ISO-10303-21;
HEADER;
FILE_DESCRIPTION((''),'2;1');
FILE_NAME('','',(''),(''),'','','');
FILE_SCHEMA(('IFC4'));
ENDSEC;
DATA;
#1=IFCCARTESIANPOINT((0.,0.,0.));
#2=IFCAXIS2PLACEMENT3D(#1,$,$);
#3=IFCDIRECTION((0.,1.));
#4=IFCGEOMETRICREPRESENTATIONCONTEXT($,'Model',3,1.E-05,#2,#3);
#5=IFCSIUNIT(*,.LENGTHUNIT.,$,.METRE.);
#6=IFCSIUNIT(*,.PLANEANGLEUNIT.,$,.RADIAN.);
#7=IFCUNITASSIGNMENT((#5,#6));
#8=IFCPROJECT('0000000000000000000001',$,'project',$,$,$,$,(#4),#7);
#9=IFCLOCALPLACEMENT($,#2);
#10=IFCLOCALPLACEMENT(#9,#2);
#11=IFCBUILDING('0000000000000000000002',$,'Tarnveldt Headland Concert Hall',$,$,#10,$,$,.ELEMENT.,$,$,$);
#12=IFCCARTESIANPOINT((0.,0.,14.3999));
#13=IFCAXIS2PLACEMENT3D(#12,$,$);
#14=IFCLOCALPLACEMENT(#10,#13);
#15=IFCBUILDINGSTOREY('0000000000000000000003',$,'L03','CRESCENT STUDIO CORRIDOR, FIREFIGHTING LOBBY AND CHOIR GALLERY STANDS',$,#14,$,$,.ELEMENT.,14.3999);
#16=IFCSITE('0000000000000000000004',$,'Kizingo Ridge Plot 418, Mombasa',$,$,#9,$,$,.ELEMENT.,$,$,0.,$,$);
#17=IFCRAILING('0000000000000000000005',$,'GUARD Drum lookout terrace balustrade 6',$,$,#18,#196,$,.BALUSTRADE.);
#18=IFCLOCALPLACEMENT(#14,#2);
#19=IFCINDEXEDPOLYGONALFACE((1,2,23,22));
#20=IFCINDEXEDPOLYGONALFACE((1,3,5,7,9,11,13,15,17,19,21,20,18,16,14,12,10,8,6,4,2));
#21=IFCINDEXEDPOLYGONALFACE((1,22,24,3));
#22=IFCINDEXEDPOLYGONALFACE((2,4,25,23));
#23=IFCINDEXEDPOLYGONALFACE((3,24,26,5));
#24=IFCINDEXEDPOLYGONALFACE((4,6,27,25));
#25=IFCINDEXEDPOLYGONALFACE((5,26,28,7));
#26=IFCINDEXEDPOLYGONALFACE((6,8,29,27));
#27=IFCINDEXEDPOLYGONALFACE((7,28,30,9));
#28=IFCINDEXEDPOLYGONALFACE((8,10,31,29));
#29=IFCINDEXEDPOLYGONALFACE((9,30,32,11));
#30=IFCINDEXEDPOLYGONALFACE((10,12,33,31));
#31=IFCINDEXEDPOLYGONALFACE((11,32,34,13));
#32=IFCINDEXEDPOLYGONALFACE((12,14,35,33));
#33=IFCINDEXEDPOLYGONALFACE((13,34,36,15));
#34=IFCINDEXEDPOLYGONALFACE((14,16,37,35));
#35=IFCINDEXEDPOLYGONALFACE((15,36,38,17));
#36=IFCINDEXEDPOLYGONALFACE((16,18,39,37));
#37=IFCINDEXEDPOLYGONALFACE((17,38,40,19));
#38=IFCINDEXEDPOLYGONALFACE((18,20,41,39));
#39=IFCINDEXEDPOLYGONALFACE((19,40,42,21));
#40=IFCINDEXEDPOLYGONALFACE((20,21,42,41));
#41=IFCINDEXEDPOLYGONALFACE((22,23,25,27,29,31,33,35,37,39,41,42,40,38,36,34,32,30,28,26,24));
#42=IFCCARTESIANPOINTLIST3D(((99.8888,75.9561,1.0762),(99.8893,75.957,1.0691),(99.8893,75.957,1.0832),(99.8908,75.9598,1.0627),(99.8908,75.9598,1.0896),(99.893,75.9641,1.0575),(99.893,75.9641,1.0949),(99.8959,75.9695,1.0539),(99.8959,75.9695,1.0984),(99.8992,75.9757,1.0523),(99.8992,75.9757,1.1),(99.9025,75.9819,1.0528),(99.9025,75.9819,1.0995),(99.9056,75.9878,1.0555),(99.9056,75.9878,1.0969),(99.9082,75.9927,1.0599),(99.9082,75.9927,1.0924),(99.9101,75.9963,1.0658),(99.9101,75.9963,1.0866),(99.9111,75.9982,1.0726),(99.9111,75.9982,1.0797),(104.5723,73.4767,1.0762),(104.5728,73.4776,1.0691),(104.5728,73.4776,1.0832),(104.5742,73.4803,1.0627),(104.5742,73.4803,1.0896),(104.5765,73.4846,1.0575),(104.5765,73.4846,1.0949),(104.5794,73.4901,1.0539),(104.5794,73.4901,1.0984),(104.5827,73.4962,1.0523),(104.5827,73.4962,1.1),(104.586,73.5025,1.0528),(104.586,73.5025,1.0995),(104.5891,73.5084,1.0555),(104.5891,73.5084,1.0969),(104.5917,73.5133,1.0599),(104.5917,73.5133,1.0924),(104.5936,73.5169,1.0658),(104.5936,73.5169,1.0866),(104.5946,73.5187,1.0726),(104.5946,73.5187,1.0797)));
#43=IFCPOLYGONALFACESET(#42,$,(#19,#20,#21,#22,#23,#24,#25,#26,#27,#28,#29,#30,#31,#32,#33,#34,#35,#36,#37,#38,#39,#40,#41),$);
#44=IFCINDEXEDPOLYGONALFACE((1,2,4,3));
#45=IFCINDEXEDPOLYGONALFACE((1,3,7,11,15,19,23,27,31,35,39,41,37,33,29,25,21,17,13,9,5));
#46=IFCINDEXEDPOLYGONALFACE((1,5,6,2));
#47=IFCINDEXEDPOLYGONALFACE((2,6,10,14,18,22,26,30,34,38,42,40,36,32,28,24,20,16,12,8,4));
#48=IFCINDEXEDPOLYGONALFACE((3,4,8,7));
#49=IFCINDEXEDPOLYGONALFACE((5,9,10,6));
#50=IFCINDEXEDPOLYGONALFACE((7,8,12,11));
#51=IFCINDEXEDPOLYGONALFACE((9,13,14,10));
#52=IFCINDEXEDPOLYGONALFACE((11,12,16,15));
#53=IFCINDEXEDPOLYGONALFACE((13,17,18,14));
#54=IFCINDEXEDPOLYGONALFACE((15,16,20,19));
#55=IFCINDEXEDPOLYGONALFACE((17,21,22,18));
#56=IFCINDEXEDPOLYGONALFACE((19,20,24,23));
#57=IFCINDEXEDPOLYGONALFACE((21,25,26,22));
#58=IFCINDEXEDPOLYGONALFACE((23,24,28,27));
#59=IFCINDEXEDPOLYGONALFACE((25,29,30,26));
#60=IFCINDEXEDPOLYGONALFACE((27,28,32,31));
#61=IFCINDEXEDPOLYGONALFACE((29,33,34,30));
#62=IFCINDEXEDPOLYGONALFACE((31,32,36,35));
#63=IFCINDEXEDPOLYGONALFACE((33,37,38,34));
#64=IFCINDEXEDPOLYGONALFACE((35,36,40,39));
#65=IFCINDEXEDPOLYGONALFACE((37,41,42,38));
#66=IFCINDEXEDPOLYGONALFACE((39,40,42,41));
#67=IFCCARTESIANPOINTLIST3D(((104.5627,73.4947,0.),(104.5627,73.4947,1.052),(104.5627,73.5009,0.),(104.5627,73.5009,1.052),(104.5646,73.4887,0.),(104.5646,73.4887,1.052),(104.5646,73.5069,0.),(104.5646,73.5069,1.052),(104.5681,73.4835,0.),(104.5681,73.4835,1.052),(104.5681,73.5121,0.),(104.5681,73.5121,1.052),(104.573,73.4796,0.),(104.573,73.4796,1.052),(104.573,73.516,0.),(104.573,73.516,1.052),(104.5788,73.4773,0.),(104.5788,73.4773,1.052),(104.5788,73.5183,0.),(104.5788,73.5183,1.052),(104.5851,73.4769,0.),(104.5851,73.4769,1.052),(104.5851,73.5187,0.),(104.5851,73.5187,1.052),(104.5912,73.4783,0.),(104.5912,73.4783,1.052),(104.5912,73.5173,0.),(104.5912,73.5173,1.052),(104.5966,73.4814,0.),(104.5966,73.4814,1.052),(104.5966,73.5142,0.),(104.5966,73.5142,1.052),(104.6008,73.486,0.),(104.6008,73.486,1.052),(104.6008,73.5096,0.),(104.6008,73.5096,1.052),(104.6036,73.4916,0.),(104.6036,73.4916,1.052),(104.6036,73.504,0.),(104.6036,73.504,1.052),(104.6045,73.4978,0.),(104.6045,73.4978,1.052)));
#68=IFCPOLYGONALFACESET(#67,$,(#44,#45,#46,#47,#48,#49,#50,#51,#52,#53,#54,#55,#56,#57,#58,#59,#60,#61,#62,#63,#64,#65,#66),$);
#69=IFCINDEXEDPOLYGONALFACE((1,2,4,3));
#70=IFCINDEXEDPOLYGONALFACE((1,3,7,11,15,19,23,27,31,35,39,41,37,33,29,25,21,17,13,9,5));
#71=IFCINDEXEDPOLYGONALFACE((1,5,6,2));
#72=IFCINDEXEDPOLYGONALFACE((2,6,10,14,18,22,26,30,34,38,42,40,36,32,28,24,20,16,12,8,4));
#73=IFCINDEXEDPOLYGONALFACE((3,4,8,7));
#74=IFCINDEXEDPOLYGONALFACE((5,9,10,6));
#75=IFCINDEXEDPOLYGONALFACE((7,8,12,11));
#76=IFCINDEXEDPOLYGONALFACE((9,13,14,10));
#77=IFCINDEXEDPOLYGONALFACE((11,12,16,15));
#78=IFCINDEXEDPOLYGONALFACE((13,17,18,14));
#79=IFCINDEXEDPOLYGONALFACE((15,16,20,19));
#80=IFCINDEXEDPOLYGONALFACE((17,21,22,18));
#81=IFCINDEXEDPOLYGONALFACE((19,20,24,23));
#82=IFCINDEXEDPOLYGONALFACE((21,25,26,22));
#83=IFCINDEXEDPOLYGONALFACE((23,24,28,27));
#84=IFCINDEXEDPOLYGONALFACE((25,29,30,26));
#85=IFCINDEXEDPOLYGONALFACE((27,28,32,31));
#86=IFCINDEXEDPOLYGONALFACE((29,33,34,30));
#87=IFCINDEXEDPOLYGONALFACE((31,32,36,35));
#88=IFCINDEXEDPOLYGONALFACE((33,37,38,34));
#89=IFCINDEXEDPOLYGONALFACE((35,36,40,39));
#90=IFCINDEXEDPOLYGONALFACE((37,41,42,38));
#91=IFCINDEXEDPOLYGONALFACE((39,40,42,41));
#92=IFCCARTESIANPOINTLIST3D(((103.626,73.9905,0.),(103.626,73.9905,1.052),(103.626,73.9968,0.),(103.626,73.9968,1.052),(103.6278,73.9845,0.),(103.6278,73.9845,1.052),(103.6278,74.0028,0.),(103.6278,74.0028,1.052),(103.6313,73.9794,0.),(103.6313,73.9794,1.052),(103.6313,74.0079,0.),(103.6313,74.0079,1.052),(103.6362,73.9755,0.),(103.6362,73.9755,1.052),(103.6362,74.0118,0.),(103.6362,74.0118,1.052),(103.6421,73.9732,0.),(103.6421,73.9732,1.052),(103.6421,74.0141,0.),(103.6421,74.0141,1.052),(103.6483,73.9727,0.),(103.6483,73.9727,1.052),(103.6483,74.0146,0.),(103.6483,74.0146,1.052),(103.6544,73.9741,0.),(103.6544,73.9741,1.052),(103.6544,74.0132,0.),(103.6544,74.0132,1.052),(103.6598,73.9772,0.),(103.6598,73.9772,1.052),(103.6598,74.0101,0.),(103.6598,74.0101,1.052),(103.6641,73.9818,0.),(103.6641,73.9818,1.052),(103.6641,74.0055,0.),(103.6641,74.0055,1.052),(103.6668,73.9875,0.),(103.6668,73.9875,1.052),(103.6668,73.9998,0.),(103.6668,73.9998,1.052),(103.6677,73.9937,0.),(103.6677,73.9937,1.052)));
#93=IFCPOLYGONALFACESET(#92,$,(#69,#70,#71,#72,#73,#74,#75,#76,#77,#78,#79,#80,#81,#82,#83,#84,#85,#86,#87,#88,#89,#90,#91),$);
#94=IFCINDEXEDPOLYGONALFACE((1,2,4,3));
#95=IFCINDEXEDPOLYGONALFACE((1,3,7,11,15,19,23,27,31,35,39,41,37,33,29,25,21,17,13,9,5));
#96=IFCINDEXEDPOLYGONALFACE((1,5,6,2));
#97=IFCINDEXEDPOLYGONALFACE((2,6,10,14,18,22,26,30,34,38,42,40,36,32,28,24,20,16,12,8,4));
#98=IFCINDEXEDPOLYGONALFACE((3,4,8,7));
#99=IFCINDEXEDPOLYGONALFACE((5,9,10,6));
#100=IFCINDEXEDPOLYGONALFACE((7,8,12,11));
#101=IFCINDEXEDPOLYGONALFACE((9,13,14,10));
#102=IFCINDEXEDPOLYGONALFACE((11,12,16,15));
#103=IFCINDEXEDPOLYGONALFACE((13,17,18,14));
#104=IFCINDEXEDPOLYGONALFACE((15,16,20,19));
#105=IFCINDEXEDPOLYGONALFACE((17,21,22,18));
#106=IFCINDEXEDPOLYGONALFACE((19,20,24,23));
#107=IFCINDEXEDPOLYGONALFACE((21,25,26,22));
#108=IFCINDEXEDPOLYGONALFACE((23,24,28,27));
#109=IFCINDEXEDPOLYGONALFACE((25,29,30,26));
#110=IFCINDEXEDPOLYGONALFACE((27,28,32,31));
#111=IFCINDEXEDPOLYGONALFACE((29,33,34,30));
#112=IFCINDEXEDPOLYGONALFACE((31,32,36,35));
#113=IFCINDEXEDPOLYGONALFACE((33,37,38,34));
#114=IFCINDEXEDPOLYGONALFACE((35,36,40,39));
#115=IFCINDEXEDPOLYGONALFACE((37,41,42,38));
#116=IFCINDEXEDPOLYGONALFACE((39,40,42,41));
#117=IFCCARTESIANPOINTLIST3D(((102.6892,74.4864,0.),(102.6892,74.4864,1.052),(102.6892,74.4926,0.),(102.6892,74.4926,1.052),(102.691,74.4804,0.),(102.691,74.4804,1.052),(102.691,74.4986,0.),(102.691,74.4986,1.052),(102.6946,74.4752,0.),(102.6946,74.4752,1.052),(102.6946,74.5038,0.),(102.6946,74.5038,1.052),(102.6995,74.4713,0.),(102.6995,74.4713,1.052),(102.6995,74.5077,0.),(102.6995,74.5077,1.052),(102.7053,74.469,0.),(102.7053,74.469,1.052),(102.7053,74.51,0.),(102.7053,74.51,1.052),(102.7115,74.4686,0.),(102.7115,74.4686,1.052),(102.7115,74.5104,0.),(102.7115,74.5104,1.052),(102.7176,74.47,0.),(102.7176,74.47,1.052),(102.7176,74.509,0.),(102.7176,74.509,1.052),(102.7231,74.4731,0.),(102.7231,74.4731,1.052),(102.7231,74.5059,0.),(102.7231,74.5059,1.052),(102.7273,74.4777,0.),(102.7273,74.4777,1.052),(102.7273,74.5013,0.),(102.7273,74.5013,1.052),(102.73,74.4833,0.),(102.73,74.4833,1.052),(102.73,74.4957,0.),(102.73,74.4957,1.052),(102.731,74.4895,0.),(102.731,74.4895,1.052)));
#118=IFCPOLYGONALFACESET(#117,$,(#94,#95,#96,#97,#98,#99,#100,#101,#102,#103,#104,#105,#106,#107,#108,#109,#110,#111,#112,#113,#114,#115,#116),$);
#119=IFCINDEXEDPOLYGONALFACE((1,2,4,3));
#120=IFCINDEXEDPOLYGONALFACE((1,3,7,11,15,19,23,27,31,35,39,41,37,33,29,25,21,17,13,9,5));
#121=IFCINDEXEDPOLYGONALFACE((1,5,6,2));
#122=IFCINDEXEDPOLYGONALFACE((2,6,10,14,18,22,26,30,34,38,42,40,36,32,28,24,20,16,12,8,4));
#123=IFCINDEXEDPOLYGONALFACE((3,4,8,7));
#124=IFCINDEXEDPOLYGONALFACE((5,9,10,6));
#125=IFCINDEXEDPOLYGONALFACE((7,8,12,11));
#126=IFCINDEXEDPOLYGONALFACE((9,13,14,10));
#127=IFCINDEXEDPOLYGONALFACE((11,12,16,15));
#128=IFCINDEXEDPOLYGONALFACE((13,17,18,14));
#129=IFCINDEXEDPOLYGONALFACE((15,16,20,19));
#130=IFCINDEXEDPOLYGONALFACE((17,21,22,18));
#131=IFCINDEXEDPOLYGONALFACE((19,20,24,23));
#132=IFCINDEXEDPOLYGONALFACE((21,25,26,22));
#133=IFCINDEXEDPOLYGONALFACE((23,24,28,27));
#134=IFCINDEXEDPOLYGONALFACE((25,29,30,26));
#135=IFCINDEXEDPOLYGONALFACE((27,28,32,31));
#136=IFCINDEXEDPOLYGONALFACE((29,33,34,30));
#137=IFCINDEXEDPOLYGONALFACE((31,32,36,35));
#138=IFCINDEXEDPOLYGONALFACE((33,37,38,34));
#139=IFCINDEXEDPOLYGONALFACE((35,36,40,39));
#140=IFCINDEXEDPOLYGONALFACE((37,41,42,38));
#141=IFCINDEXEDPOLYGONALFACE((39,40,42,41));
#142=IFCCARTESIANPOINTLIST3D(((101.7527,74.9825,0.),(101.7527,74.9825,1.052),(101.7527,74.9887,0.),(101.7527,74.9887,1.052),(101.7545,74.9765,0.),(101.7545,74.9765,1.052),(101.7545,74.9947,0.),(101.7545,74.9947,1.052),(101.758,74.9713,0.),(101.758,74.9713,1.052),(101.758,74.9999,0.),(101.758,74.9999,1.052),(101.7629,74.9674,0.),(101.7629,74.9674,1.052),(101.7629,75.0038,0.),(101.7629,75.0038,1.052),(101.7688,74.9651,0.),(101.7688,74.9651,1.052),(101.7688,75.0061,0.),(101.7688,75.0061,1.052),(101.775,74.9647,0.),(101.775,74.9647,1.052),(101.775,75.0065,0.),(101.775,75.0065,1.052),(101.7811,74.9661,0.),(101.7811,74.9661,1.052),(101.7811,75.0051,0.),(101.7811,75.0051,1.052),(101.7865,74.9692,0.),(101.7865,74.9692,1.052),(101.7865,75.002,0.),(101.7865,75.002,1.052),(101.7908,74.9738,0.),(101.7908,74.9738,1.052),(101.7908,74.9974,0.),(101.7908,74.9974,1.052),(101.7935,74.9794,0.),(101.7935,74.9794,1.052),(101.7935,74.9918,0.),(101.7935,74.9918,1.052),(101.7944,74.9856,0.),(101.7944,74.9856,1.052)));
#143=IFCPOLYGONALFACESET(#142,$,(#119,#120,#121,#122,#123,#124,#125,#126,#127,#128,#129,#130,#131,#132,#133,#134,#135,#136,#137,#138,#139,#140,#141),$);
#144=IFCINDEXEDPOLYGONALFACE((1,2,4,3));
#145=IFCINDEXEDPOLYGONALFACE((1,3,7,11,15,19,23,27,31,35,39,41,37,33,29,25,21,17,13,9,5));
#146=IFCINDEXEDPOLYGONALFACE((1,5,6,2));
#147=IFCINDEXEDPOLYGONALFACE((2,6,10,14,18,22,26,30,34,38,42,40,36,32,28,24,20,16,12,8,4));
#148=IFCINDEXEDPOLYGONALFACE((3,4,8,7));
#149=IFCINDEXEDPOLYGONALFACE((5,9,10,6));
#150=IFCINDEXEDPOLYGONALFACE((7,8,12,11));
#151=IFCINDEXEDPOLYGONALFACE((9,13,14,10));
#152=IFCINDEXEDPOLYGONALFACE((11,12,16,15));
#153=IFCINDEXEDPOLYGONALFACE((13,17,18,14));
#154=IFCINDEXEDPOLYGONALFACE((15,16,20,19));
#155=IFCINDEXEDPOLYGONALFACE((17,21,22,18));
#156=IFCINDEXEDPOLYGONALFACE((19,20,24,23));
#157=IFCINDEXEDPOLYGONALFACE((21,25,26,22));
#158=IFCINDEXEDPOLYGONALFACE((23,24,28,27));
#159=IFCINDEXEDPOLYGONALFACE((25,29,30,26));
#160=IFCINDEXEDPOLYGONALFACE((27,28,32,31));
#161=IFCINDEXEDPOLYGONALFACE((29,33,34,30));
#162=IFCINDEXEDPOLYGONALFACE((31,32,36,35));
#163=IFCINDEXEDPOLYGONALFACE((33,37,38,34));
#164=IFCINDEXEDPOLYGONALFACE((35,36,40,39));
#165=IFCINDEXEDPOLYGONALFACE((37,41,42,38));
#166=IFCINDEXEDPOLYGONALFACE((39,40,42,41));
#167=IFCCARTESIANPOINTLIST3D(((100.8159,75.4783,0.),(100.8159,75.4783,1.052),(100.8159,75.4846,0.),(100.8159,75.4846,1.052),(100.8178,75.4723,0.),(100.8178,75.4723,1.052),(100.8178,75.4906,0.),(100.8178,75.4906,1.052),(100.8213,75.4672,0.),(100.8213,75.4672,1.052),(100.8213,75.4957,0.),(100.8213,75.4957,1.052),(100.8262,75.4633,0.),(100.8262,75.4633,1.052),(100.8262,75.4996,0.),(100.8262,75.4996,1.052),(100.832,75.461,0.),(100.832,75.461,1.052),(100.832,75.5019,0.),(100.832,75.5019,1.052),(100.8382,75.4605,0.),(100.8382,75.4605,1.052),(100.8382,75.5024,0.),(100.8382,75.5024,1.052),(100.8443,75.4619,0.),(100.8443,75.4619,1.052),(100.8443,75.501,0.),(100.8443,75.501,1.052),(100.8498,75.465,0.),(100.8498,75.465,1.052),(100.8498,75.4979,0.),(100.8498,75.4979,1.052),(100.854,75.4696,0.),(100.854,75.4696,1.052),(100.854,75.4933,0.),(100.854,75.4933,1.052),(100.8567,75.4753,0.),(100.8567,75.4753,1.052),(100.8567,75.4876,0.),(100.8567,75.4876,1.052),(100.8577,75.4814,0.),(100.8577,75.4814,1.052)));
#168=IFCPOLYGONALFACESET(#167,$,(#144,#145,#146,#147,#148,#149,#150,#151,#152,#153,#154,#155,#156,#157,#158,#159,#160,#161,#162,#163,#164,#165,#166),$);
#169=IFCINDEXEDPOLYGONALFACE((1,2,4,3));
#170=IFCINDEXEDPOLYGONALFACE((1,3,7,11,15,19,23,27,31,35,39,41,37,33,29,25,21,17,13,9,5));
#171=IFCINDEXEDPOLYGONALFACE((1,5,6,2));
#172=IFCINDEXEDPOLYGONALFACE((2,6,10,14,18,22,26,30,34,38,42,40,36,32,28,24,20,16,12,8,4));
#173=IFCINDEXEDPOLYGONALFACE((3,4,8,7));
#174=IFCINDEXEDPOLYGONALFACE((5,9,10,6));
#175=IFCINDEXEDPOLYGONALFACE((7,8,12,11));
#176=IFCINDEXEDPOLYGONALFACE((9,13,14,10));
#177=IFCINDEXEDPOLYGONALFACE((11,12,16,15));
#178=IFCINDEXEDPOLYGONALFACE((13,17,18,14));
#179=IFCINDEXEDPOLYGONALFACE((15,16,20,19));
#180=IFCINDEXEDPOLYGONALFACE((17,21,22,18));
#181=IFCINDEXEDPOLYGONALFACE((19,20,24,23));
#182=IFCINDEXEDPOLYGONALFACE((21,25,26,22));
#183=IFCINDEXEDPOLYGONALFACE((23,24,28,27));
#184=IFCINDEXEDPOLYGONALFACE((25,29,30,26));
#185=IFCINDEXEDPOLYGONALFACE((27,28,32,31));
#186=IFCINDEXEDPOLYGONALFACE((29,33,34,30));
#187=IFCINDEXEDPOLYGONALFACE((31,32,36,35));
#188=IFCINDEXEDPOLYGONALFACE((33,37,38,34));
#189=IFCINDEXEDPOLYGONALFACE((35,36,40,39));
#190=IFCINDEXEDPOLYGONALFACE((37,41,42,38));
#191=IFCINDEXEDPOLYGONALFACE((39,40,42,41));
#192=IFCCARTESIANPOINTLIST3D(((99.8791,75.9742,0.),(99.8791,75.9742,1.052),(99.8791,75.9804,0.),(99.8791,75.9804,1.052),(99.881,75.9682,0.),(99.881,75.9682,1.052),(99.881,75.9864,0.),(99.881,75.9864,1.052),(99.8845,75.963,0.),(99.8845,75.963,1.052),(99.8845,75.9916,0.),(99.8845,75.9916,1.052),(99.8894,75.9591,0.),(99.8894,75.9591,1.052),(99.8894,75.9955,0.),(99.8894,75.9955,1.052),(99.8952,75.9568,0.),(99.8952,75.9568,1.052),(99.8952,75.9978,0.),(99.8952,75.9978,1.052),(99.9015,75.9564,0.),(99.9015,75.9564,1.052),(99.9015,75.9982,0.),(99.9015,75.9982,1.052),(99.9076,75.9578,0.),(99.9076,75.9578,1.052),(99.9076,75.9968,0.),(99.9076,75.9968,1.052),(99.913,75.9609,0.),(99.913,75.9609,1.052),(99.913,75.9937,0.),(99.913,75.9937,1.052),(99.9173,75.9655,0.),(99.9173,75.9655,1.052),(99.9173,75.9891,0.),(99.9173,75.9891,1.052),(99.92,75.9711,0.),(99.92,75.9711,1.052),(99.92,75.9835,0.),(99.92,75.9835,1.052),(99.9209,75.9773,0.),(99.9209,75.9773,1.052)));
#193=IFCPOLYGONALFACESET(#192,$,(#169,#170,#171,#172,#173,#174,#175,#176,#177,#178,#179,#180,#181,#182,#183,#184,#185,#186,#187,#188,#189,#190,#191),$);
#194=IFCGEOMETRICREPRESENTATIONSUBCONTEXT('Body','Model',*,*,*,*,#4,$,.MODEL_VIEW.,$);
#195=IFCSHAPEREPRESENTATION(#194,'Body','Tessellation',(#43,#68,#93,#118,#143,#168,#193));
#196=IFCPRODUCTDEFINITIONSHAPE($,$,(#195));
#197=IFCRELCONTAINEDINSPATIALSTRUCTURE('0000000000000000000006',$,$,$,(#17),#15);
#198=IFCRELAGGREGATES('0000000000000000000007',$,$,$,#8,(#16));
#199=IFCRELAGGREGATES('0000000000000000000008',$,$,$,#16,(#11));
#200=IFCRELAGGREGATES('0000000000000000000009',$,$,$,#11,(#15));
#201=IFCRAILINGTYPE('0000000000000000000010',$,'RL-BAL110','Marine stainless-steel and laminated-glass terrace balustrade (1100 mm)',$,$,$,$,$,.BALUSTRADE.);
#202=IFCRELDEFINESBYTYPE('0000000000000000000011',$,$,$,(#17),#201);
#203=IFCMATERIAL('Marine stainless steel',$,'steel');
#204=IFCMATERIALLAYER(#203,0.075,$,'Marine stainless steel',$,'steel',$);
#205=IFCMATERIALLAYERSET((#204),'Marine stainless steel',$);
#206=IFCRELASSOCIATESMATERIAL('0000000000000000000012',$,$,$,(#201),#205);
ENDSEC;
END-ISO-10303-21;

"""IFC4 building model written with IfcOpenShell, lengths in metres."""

from ifc_helpers import new_model, si_unit, direction, frame, origin, origin_2d, place, context, subcontext, project, spatial, circle, extrude, material, layer, layer_set, type_object, element, save


model = new_model("IFC4")

# Units and contexts
model_context = context("Model", 3, precision=1e-05, world=origin(), true_north=direction((0.0, 1.0)))
body_context = subcontext(model_context, "Body", "Model", "MODEL_VIEW")
ifc_project = project(units=[si_unit("LENGTHUNIT", "METRE"), si_unit("PLANEANGLEUNIT", "RADIAN")], contexts=[model_context])

# Site, building, storey
site_placement = place(None, origin())
site = spatial("IfcSite", under=ifc_project, at=site_placement, Name="Kizingo Ridge Plot 418, Mombasa", CompositionType="ELEMENT", RefElevation=0.0)
building_placement = place(site_placement, origin())
building = spatial("IfcBuilding", under=site, at=building_placement, Name="Tarnveldt Headland Concert Hall", CompositionType="ELEMENT")
storey_placement = place(building_placement, frame((0.0, 0.0, 14.3999)))
storey = spatial("IfcBuildingStorey", under=building, at=storey_placement, Name="L03", Description="CRESCENT STUDIO CORRIDOR, FIREFIGHTING LOBBY AND CHOIR GALLERY STANDS", CompositionType="ELEMENT", Elevation=14.3999)

# Railing
ifc_material_1 = material(Name="Marine stainless steel", Category="steel")
ifc_layer_1 = layer(ifc_material_1, 0.075, Name="Marine stainless steel", Category="steel")
ifc_layer_set_1 = layer_set([ifc_layer_1], Name="Marine stainless steel")
railing_type_1 = type_object("IfcRailingType", Name="RL-BAL110", Description="Marine stainless-steel and laminated-glass terrace balustrade (1100 mm)", PredefinedType="BALUSTRADE", material=ifc_layer_set_1)
railing_1_placement = place(storey_placement, frame((104.5835, 73.4978, 0.0)))
element("IfcRailing", 1, at=railing_1_placement, inside=storey, type_object=railing_type_1, Name="GUARD Drum lookout terrace balustrade 6", PredefinedType="BALUSTRADE", context=body_context, shape_type="SweptSolid", body=[
    extrude(circle(Radius=0.0239, at=origin_2d()), frame((0.0, 0.0, 1.0762), z_axis=(-0.883792, 0.467879, 0.0), x_axis=(-0.467879, -0.883792, 0.0)), (0.0, 0.0, 1.0), 5.2993),
    extrude(circle(Radius=0.021, at=origin_2d()), origin(), (0.0, 0.0, 1.0), 1.052),
    extrude(circle(Radius=0.021, at=origin_2d()), frame((-0.9368, 0.4958, 0.0)), (0.0, 0.0, 1.0), 1.052),
    extrude(circle(Radius=0.021, at=origin_2d()), frame((-1.8735, 0.9917, 0.0)), (0.0, 0.0, 1.0), 1.052),
    extrude(circle(Radius=0.021, at=origin_2d()), frame((-2.8101, 1.4878, 0.0)), (0.0, 0.0, 1.0), 1.052),
    extrude(circle(Radius=0.021, at=origin_2d()), frame((-3.7468, 1.9836, 0.0)), (0.0, 0.0, 1.0), 1.052),
    extrude(circle(Radius=0.021, at=origin_2d()), frame((-4.6836, 2.4795, 0.0)), (0.0, 0.0, 1.0), 1.052),
])

save(model, "model.ifc")
